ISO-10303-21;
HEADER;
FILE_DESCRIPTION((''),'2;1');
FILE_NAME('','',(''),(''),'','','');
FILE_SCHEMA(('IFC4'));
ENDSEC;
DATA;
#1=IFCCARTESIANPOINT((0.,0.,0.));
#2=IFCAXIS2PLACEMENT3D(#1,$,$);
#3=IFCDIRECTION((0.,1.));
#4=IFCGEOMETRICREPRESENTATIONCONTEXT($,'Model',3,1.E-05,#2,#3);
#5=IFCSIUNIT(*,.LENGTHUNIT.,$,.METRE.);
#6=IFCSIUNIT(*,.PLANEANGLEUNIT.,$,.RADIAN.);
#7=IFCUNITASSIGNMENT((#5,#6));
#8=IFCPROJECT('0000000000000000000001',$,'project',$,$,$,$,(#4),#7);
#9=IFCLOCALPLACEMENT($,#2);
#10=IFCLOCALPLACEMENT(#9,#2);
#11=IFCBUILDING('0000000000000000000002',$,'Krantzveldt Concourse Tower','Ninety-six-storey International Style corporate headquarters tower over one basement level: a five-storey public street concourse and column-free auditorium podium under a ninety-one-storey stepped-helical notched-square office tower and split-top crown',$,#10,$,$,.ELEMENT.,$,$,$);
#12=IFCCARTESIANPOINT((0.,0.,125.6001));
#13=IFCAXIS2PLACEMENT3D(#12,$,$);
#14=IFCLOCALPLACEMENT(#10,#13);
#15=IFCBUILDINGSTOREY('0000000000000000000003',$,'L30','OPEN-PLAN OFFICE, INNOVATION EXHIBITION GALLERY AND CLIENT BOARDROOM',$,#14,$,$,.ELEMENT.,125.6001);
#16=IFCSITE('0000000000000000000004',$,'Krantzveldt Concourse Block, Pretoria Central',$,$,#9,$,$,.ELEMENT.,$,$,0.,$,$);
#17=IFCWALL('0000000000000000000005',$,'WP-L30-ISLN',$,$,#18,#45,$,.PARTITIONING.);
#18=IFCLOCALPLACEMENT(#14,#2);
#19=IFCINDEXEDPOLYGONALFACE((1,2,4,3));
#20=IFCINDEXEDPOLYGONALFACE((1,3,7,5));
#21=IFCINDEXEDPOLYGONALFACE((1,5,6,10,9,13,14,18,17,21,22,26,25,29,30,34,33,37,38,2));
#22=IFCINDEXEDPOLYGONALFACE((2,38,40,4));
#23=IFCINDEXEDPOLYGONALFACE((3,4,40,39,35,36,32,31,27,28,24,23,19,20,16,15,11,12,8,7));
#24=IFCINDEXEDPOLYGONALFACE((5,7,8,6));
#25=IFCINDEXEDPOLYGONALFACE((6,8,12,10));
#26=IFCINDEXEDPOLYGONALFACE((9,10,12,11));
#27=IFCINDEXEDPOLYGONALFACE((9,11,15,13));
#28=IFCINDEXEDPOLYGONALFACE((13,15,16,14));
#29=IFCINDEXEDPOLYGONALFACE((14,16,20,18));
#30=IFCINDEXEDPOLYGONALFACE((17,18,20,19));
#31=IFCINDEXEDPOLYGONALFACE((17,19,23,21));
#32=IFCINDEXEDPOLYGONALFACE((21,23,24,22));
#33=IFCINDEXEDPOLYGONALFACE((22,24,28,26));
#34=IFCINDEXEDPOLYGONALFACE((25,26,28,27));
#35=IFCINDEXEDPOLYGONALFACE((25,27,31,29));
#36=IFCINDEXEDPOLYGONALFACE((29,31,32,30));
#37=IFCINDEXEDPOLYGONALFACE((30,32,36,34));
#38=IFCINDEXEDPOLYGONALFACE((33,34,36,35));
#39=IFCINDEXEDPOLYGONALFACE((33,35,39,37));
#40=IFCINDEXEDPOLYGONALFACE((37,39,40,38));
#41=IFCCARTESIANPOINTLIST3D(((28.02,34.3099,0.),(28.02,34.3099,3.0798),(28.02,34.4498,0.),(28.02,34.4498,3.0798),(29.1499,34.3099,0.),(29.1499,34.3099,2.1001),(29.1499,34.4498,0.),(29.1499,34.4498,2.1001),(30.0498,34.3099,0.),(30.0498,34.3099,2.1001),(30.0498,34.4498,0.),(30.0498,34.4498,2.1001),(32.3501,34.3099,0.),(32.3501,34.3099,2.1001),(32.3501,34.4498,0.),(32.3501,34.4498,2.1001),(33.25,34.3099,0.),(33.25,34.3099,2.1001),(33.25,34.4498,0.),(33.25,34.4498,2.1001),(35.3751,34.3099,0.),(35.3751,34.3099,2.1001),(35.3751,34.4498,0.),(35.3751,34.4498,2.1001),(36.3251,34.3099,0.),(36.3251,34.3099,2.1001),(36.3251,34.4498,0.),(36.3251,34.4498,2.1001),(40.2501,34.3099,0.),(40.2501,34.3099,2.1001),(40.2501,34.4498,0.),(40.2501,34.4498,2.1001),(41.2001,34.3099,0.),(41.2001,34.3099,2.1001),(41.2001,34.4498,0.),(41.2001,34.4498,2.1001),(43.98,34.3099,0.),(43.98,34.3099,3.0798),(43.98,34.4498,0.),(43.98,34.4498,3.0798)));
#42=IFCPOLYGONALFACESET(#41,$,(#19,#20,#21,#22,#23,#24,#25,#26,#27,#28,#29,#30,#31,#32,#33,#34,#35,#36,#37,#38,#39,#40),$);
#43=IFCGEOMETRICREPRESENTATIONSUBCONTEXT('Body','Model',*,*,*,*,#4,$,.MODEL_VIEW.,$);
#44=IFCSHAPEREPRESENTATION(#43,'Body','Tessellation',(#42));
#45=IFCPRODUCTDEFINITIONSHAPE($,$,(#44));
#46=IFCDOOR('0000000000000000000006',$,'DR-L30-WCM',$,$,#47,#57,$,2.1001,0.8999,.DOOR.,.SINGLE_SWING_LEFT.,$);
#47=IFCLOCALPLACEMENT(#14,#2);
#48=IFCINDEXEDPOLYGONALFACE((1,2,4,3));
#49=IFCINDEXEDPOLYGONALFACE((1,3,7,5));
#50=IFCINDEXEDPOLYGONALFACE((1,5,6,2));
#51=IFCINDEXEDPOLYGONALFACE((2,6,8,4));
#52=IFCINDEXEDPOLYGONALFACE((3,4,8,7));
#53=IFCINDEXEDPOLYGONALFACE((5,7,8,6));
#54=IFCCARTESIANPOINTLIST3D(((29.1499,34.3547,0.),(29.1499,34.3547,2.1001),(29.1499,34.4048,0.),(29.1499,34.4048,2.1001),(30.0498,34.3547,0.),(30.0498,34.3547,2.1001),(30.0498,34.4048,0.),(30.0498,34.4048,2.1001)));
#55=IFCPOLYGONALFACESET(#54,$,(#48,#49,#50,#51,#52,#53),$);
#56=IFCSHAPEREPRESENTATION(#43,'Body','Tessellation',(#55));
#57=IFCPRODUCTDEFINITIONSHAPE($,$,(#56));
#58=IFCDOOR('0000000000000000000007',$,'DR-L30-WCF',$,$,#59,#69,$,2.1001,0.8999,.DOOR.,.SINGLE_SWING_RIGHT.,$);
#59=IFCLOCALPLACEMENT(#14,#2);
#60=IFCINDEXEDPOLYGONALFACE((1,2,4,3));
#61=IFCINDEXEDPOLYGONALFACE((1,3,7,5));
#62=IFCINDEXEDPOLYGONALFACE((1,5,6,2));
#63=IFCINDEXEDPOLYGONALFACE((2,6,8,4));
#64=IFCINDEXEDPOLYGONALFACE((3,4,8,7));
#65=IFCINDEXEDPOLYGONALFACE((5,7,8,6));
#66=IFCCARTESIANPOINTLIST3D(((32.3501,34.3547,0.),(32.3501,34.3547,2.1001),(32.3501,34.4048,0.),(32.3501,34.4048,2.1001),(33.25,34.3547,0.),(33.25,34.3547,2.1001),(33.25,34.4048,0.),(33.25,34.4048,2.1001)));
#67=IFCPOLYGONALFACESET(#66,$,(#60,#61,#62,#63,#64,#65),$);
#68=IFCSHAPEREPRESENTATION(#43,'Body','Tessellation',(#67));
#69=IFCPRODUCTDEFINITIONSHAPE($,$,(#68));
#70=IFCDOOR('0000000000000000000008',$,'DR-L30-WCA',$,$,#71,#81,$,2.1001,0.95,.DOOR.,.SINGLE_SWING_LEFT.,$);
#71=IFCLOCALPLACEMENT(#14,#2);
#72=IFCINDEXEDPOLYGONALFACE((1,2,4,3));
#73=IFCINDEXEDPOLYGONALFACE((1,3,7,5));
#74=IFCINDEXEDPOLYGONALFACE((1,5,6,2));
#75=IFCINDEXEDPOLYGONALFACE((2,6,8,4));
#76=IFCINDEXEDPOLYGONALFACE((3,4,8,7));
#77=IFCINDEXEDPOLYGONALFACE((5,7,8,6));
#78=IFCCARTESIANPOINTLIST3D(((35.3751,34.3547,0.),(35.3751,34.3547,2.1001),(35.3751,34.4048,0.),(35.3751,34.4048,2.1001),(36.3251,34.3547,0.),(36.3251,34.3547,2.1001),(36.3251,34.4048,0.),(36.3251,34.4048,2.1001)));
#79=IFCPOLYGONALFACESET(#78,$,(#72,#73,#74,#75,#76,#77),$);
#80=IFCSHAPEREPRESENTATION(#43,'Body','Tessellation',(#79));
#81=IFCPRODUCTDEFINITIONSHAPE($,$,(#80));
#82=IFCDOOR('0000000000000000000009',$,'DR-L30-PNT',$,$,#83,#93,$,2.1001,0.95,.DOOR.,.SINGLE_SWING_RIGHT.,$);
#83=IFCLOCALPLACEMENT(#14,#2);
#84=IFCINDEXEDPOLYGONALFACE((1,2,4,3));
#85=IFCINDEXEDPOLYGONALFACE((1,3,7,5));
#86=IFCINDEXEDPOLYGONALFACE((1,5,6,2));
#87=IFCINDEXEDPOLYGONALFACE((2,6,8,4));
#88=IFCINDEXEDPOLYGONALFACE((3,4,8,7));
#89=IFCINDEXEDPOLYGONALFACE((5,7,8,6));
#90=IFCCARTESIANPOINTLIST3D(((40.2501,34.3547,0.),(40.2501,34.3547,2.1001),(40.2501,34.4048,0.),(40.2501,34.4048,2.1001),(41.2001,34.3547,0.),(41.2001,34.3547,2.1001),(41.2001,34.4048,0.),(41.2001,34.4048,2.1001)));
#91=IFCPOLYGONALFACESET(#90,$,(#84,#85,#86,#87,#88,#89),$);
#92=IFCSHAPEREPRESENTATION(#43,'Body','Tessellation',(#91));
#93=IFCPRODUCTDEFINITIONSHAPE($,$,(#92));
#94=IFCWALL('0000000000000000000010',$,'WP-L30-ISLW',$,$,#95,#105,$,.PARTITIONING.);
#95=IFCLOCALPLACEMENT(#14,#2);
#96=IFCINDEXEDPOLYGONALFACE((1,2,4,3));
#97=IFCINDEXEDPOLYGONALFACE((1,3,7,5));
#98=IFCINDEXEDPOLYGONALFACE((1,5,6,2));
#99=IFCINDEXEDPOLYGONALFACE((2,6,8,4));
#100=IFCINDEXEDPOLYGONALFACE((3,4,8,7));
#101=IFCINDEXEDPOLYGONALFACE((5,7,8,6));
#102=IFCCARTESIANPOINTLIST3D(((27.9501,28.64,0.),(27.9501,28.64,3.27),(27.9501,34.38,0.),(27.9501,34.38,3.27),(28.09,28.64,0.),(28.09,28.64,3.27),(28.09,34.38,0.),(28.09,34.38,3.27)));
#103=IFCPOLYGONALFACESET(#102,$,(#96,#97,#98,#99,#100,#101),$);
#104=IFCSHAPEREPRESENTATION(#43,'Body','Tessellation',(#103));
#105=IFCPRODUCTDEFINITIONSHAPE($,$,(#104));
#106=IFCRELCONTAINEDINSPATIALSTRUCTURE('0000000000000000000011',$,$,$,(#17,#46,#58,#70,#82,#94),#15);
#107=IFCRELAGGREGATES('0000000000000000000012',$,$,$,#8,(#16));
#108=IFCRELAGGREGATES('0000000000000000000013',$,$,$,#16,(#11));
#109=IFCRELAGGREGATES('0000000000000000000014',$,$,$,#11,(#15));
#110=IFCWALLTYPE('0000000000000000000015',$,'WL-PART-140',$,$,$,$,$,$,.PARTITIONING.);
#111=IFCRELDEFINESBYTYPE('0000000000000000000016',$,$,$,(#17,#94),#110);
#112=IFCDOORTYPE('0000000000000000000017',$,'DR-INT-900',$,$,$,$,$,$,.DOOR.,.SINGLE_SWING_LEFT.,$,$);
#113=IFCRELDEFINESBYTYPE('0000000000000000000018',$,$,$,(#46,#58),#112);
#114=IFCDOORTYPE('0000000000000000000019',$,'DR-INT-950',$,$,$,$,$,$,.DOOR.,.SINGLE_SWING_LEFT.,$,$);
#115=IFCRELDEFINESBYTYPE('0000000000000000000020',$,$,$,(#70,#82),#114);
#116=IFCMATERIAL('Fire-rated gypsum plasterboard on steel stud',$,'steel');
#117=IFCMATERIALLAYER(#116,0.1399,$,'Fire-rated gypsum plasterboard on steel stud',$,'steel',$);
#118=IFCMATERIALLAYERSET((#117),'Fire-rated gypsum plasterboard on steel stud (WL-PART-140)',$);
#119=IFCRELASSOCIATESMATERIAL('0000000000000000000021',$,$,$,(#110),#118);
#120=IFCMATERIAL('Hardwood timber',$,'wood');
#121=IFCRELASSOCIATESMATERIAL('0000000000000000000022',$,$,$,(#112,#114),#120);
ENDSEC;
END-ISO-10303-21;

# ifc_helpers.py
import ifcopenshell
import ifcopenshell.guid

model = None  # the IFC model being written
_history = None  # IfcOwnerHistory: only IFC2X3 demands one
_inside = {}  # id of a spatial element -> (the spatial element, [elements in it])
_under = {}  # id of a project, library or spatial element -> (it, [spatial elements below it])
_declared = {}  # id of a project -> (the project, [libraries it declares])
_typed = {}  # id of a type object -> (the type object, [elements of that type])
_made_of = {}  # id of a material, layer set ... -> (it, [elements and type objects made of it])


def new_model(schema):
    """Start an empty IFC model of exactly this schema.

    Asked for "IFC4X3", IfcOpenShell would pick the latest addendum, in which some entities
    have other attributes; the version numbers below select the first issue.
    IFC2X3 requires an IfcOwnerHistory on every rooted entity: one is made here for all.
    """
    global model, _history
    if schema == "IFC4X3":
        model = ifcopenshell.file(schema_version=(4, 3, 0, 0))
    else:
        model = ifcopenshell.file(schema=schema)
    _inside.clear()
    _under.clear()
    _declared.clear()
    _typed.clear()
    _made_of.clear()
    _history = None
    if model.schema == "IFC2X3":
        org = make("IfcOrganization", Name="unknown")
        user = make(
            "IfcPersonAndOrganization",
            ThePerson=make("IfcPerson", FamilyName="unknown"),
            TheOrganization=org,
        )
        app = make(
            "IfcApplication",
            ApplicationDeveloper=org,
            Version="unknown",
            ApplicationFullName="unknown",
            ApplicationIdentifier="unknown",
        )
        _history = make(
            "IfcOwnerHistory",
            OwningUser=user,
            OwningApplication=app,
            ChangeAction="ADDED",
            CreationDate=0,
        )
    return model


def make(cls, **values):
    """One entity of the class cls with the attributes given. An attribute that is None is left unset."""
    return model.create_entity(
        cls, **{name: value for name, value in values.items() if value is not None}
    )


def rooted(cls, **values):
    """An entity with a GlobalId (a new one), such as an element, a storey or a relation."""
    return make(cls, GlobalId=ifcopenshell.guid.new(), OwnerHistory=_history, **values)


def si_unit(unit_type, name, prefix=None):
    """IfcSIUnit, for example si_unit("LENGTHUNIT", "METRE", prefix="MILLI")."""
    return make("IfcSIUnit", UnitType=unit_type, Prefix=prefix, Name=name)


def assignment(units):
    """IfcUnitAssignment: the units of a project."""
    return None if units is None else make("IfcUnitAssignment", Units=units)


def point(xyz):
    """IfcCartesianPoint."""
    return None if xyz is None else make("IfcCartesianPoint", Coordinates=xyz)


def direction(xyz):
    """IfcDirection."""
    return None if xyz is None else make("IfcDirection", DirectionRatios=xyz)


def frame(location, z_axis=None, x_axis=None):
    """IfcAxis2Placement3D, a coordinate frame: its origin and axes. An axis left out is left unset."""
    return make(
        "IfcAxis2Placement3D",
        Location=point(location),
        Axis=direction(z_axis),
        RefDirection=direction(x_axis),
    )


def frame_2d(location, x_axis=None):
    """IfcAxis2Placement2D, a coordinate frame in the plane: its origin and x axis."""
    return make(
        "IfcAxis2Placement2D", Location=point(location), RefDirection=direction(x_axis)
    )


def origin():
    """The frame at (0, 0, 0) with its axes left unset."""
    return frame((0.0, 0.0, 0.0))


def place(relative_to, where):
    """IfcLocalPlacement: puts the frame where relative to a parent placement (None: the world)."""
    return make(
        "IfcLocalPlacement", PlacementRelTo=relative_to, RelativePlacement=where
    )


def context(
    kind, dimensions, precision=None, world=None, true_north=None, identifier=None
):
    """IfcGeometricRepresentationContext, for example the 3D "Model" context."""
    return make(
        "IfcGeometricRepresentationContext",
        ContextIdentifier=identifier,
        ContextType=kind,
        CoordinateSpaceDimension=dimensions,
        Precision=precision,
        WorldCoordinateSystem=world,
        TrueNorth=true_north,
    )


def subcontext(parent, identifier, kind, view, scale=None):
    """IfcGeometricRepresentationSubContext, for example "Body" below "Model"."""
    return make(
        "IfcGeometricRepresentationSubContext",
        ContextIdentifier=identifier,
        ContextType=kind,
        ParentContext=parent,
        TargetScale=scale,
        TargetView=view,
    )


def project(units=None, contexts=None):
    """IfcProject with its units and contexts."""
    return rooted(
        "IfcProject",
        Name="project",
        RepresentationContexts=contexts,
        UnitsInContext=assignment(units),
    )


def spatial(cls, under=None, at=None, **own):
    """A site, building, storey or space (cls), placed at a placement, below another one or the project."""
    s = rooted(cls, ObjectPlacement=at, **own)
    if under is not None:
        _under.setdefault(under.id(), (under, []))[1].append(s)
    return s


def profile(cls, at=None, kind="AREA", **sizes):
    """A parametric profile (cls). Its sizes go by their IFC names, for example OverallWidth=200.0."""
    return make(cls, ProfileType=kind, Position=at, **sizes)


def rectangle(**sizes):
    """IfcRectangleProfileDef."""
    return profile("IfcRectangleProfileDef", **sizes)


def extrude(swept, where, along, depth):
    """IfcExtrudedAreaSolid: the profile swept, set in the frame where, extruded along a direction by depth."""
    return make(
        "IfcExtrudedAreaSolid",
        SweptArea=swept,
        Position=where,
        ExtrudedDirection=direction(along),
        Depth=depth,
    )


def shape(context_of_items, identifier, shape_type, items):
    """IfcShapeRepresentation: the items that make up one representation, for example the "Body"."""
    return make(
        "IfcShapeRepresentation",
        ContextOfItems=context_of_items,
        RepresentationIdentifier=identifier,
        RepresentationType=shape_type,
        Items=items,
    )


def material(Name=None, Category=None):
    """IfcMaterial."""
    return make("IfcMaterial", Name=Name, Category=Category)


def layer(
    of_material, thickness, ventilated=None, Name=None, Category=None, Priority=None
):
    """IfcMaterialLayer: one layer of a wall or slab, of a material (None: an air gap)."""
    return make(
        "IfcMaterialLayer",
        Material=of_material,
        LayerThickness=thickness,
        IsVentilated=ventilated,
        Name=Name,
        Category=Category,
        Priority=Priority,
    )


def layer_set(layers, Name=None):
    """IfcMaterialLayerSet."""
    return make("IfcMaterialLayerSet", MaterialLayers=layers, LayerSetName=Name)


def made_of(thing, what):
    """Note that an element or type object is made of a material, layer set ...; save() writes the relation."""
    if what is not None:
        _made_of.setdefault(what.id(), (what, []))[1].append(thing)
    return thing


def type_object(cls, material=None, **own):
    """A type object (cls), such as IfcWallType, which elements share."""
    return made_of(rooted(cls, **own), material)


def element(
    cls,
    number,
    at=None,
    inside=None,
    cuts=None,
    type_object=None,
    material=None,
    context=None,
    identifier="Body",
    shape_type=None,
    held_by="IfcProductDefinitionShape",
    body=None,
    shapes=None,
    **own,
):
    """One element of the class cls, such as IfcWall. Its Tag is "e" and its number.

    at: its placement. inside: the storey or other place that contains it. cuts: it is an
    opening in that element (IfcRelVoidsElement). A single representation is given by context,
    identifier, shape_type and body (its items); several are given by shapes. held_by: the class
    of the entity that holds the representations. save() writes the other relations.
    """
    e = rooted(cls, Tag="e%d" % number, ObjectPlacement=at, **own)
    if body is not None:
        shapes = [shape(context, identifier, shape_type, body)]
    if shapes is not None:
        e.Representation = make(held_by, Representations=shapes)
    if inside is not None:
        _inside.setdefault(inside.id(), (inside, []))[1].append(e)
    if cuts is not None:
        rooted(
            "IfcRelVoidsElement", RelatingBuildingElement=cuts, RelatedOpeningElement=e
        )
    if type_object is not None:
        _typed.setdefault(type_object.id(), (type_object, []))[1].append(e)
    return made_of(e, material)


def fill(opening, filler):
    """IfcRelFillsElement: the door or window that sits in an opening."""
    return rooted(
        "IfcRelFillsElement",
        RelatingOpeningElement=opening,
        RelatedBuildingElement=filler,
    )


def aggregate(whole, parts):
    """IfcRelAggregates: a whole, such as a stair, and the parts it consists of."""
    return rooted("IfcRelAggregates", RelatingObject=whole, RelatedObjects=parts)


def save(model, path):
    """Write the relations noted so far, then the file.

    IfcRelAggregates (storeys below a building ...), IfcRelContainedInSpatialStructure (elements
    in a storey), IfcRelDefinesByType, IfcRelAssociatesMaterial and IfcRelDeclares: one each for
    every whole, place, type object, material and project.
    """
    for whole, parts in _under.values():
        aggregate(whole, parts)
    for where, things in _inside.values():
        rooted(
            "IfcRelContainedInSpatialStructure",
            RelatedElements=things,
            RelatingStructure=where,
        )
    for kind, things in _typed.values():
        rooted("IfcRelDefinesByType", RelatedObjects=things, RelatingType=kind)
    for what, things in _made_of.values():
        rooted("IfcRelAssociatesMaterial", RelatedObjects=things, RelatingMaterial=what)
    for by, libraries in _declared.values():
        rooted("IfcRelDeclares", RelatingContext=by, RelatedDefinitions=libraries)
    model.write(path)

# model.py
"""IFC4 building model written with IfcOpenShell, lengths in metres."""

from ifc_helpers import new_model, si_unit, direction, frame, frame_2d, origin, place, context, subcontext, project, spatial, rectangle, extrude, material, layer, layer_set, type_object, element, fill, save


model = new_model("IFC4")

# Units and contexts
model_context = context("Model", 3, precision=1e-05, world=origin(), true_north=direction((0.0, 1.0)))
body_context = subcontext(model_context, "Body", "Model", "MODEL_VIEW")
ifc_project = project(units=[si_unit("LENGTHUNIT", "METRE"), si_unit("PLANEANGLEUNIT", "RADIAN")], contexts=[model_context])

# Site, building, storey
site_placement = place(None, origin())
site = spatial("IfcSite", under=ifc_project, at=site_placement, Name="Krantzveldt Concourse Block, Pretoria Central", CompositionType="ELEMENT", RefElevation=0.0)
building_placement = place(site_placement, origin())
building = spatial("IfcBuilding", under=site, at=building_placement, Name="Krantzveldt Concourse Tower", Description="Ninety-six-storey International Style corporate headquarters tower over one basement level: a five-storey public street concourse and column-free auditorium podium under a ninety-one-storey stepped-helical notched-square office tower and split-top crown", CompositionType="ELEMENT")
storey_placement = place(building_placement, frame((0.0, 0.0, 125.6001)))
storey = spatial("IfcBuildingStorey", under=building, at=storey_placement, Name="L30", Description="OPEN-PLAN OFFICE, INNOVATION EXHIBITION GALLERY AND CLIENT BOARDROOM", CompositionType="ELEMENT", Elevation=125.6001)

# Shared definitions
ifc_material_1 = material(Name="Fire-rated gypsum plasterboard on steel stud", Category="steel")

# Shared definitions
ifc_layer_1 = layer(ifc_material_1, 0.1399, Name="Fire-rated gypsum plasterboard on steel stud", Category="steel")
ifc_layer_set_1 = layer_set([ifc_layer_1], Name="Fire-rated gypsum plasterboard on steel stud (WL-PART-140)")
wall_type_1 = type_object("IfcWallType", Name="WL-PART-140", PredefinedType="PARTITIONING", material=ifc_layer_set_1)
ifc_material_2 = material(Name="Hardwood timber", Category="wood")

# Wall, openings, doors
wall_1_placement = place(storey_placement, frame((28.02, 34.3799, 0.0), z_axis=(0.0, 0.0, 1.0), x_axis=(1.0, 0.0, 0.0)))
wall_1 = element("IfcWall", 1, at=wall_1_placement, inside=storey, type_object=wall_type_1, Name="WP-L30-ISLN", PredefinedType="PARTITIONING", context=body_context, shape_type="SweptSolid", body=[
    extrude(rectangle(XDim=15.96, YDim=0.1399, at=frame_2d((7.98, 0.0))), origin(), (0.0, 0.0, 1.0), 3.0798),
])
opening_1_placement = place(wall_1_placement, frame((1.1299, 0.0, 0.0)))
opening_1 = element("IfcOpeningElement", 2, at=opening_1_placement, cuts=wall_1, PredefinedType="OPENING", context=body_context, shape_type="SweptSolid", body=[
    extrude(rectangle(XDim=0.8999, YDim=2.1001, at=frame_2d((0.45, 1.05))), frame((0.0, 0.0801, 0.0), z_axis=(0.0, -1.0, 0.0), x_axis=(1.0, 0.0, 0.0)), (0.0, 0.0, 1.0), 0.1599),
])
opening_2_placement = place(wall_1_placement, frame((4.3301, 0.0, 0.0)))
opening_2 = element("IfcOpeningElement", 3, at=opening_2_placement, cuts=wall_1, PredefinedType="OPENING", context=body_context, shape_type="SweptSolid", body=[
    extrude(rectangle(XDim=0.8999, YDim=2.1001, at=frame_2d((0.45, 1.05))), frame((0.0, 0.0801, 0.0), z_axis=(0.0, -1.0, 0.0), x_axis=(1.0, 0.0, 0.0)), (0.0, 0.0, 1.0), 0.1599),
])
opening_3_placement = place(wall_1_placement, frame((7.355, 0.0, 0.0)))
opening_3 = element("IfcOpeningElement", 4, at=opening_3_placement, cuts=wall_1, PredefinedType="OPENING", context=body_context, shape_type="SweptSolid", body=[
    extrude(rectangle(XDim=0.95, YDim=2.1001, at=frame_2d((0.4751, 1.05))), frame((0.0, 0.0801, 0.0), z_axis=(0.0, -1.0, 0.0), x_axis=(1.0, 0.0, 0.0)), (0.0, 0.0, 1.0), 0.1599),
])
opening_4_placement = place(wall_1_placement, frame((12.23, 0.0, 0.0)))
opening_4 = element("IfcOpeningElement", 5, at=opening_4_placement, cuts=wall_1, PredefinedType="OPENING", context=body_context, shape_type="SweptSolid", body=[
    extrude(rectangle(XDim=0.95, YDim=2.1001, at=frame_2d((0.4751, 1.05))), frame((0.0, 0.0801, 0.0), z_axis=(0.0, -1.0, 0.0), x_axis=(1.0, 0.0, 0.0)), (0.0, 0.0, 1.0), 0.1599),
])
door_type_1 = type_object("IfcDoorType", Name="DR-INT-900", OperationType="SINGLE_SWING_LEFT", PredefinedType="DOOR", material=ifc_material_2)
door_1_placement = place(opening_1_placement, origin())
door_1 = element("IfcDoor", 6, at=door_1_placement, inside=storey, type_object=door_type_1, Name="DR-L30-WCM", OperationType="SINGLE_SWING_LEFT", OverallHeight=2.1001, OverallWidth=0.8999, PredefinedType="DOOR", context=body_context, shape_type="SweptSolid", body=[
    extrude(rectangle(XDim=0.8999, YDim=2.1001, at=frame_2d((0.45, 1.05))), frame((0.0, 0.0249, 0.0), z_axis=(0.0, -1.0, 0.0), x_axis=(1.0, 0.0, 0.0)), (0.0, 0.0, 1.0), 0.05),
])
fill(opening_1, door_1)
door_2_placement = place(opening_2_placement, origin())
door_2 = element("IfcDoor", 7, at=door_2_placement, inside=storey, type_object=door_type_1, Name="DR-L30-WCF", OperationType="SINGLE_SWING_RIGHT", OverallHeight=2.1001, OverallWidth=0.8999, PredefinedType="DOOR", context=body_context, shape_type="SweptSolid", body=[
    extrude(rectangle(XDim=0.8999, YDim=2.1001, at=frame_2d((0.45, 1.05))), frame((0.0, 0.0249, 0.0), z_axis=(0.0, -1.0, 0.0), x_axis=(1.0, 0.0, 0.0)), (0.0, 0.0, 1.0), 0.05),
])
fill(opening_2, door_2)
door_type_2 = type_object("IfcDoorType", Name="DR-INT-950", OperationType="SINGLE_SWING_LEFT", PredefinedType="DOOR", material=ifc_material_2)
door_3_placement = place(opening_3_placement, origin())
door_3 = element("IfcDoor", 8, at=door_3_placement, inside=storey, type_object=door_type_2, Name="DR-L30-WCA", OperationType="SINGLE_SWING_LEFT", OverallHeight=2.1001, OverallWidth=0.95, PredefinedType="DOOR", context=body_context, shape_type="SweptSolid", body=[
    extrude(rectangle(XDim=0.95, YDim=2.1001, at=frame_2d((0.4751, 1.05))), frame((0.0, 0.0249, 0.0), z_axis=(0.0, -1.0, 0.0), x_axis=(1.0, 0.0, 0.0)), (0.0, 0.0, 1.0), 0.05),
])
fill(opening_3, door_3)
door_4_placement = place(opening_4_placement, origin())
door_4 = element("IfcDoor", 9, at=door_4_placement, inside=storey, type_object=door_type_2, Name="DR-L30-PNT", OperationType="SINGLE_SWING_RIGHT", OverallHeight=2.1001, OverallWidth=0.95, PredefinedType="DOOR", context=body_context, shape_type="SweptSolid", body=[
    extrude(rectangle(XDim=0.95, YDim=2.1001, at=frame_2d((0.4751, 1.05))), frame((0.0, 0.0249, 0.0), z_axis=(0.0, -1.0, 0.0), x_axis=(1.0, 0.0, 0.0)), (0.0, 0.0, 1.0), 0.05),
])
fill(opening_4, door_4)

# Wall
wall_2_placement = place(storey_placement, frame((28.02, 28.6399, 0.0), z_axis=(0.0, 0.0, 1.0), x_axis=(0.0, 1.0, 0.0)))
element("IfcWall", 10, at=wall_2_placement, inside=storey, type_object=wall_type_1, Name="WP-L30-ISLW", PredefinedType="PARTITIONING", context=body_context, shape_type="SweptSolid", body=[
    extrude(rectangle(XDim=5.74, YDim=0.1399, at=frame_2d((2.8701, 0.0))), origin(), (0.0, 0.0, 1.0), 3.27),
])

save(model, "model.ifc")
